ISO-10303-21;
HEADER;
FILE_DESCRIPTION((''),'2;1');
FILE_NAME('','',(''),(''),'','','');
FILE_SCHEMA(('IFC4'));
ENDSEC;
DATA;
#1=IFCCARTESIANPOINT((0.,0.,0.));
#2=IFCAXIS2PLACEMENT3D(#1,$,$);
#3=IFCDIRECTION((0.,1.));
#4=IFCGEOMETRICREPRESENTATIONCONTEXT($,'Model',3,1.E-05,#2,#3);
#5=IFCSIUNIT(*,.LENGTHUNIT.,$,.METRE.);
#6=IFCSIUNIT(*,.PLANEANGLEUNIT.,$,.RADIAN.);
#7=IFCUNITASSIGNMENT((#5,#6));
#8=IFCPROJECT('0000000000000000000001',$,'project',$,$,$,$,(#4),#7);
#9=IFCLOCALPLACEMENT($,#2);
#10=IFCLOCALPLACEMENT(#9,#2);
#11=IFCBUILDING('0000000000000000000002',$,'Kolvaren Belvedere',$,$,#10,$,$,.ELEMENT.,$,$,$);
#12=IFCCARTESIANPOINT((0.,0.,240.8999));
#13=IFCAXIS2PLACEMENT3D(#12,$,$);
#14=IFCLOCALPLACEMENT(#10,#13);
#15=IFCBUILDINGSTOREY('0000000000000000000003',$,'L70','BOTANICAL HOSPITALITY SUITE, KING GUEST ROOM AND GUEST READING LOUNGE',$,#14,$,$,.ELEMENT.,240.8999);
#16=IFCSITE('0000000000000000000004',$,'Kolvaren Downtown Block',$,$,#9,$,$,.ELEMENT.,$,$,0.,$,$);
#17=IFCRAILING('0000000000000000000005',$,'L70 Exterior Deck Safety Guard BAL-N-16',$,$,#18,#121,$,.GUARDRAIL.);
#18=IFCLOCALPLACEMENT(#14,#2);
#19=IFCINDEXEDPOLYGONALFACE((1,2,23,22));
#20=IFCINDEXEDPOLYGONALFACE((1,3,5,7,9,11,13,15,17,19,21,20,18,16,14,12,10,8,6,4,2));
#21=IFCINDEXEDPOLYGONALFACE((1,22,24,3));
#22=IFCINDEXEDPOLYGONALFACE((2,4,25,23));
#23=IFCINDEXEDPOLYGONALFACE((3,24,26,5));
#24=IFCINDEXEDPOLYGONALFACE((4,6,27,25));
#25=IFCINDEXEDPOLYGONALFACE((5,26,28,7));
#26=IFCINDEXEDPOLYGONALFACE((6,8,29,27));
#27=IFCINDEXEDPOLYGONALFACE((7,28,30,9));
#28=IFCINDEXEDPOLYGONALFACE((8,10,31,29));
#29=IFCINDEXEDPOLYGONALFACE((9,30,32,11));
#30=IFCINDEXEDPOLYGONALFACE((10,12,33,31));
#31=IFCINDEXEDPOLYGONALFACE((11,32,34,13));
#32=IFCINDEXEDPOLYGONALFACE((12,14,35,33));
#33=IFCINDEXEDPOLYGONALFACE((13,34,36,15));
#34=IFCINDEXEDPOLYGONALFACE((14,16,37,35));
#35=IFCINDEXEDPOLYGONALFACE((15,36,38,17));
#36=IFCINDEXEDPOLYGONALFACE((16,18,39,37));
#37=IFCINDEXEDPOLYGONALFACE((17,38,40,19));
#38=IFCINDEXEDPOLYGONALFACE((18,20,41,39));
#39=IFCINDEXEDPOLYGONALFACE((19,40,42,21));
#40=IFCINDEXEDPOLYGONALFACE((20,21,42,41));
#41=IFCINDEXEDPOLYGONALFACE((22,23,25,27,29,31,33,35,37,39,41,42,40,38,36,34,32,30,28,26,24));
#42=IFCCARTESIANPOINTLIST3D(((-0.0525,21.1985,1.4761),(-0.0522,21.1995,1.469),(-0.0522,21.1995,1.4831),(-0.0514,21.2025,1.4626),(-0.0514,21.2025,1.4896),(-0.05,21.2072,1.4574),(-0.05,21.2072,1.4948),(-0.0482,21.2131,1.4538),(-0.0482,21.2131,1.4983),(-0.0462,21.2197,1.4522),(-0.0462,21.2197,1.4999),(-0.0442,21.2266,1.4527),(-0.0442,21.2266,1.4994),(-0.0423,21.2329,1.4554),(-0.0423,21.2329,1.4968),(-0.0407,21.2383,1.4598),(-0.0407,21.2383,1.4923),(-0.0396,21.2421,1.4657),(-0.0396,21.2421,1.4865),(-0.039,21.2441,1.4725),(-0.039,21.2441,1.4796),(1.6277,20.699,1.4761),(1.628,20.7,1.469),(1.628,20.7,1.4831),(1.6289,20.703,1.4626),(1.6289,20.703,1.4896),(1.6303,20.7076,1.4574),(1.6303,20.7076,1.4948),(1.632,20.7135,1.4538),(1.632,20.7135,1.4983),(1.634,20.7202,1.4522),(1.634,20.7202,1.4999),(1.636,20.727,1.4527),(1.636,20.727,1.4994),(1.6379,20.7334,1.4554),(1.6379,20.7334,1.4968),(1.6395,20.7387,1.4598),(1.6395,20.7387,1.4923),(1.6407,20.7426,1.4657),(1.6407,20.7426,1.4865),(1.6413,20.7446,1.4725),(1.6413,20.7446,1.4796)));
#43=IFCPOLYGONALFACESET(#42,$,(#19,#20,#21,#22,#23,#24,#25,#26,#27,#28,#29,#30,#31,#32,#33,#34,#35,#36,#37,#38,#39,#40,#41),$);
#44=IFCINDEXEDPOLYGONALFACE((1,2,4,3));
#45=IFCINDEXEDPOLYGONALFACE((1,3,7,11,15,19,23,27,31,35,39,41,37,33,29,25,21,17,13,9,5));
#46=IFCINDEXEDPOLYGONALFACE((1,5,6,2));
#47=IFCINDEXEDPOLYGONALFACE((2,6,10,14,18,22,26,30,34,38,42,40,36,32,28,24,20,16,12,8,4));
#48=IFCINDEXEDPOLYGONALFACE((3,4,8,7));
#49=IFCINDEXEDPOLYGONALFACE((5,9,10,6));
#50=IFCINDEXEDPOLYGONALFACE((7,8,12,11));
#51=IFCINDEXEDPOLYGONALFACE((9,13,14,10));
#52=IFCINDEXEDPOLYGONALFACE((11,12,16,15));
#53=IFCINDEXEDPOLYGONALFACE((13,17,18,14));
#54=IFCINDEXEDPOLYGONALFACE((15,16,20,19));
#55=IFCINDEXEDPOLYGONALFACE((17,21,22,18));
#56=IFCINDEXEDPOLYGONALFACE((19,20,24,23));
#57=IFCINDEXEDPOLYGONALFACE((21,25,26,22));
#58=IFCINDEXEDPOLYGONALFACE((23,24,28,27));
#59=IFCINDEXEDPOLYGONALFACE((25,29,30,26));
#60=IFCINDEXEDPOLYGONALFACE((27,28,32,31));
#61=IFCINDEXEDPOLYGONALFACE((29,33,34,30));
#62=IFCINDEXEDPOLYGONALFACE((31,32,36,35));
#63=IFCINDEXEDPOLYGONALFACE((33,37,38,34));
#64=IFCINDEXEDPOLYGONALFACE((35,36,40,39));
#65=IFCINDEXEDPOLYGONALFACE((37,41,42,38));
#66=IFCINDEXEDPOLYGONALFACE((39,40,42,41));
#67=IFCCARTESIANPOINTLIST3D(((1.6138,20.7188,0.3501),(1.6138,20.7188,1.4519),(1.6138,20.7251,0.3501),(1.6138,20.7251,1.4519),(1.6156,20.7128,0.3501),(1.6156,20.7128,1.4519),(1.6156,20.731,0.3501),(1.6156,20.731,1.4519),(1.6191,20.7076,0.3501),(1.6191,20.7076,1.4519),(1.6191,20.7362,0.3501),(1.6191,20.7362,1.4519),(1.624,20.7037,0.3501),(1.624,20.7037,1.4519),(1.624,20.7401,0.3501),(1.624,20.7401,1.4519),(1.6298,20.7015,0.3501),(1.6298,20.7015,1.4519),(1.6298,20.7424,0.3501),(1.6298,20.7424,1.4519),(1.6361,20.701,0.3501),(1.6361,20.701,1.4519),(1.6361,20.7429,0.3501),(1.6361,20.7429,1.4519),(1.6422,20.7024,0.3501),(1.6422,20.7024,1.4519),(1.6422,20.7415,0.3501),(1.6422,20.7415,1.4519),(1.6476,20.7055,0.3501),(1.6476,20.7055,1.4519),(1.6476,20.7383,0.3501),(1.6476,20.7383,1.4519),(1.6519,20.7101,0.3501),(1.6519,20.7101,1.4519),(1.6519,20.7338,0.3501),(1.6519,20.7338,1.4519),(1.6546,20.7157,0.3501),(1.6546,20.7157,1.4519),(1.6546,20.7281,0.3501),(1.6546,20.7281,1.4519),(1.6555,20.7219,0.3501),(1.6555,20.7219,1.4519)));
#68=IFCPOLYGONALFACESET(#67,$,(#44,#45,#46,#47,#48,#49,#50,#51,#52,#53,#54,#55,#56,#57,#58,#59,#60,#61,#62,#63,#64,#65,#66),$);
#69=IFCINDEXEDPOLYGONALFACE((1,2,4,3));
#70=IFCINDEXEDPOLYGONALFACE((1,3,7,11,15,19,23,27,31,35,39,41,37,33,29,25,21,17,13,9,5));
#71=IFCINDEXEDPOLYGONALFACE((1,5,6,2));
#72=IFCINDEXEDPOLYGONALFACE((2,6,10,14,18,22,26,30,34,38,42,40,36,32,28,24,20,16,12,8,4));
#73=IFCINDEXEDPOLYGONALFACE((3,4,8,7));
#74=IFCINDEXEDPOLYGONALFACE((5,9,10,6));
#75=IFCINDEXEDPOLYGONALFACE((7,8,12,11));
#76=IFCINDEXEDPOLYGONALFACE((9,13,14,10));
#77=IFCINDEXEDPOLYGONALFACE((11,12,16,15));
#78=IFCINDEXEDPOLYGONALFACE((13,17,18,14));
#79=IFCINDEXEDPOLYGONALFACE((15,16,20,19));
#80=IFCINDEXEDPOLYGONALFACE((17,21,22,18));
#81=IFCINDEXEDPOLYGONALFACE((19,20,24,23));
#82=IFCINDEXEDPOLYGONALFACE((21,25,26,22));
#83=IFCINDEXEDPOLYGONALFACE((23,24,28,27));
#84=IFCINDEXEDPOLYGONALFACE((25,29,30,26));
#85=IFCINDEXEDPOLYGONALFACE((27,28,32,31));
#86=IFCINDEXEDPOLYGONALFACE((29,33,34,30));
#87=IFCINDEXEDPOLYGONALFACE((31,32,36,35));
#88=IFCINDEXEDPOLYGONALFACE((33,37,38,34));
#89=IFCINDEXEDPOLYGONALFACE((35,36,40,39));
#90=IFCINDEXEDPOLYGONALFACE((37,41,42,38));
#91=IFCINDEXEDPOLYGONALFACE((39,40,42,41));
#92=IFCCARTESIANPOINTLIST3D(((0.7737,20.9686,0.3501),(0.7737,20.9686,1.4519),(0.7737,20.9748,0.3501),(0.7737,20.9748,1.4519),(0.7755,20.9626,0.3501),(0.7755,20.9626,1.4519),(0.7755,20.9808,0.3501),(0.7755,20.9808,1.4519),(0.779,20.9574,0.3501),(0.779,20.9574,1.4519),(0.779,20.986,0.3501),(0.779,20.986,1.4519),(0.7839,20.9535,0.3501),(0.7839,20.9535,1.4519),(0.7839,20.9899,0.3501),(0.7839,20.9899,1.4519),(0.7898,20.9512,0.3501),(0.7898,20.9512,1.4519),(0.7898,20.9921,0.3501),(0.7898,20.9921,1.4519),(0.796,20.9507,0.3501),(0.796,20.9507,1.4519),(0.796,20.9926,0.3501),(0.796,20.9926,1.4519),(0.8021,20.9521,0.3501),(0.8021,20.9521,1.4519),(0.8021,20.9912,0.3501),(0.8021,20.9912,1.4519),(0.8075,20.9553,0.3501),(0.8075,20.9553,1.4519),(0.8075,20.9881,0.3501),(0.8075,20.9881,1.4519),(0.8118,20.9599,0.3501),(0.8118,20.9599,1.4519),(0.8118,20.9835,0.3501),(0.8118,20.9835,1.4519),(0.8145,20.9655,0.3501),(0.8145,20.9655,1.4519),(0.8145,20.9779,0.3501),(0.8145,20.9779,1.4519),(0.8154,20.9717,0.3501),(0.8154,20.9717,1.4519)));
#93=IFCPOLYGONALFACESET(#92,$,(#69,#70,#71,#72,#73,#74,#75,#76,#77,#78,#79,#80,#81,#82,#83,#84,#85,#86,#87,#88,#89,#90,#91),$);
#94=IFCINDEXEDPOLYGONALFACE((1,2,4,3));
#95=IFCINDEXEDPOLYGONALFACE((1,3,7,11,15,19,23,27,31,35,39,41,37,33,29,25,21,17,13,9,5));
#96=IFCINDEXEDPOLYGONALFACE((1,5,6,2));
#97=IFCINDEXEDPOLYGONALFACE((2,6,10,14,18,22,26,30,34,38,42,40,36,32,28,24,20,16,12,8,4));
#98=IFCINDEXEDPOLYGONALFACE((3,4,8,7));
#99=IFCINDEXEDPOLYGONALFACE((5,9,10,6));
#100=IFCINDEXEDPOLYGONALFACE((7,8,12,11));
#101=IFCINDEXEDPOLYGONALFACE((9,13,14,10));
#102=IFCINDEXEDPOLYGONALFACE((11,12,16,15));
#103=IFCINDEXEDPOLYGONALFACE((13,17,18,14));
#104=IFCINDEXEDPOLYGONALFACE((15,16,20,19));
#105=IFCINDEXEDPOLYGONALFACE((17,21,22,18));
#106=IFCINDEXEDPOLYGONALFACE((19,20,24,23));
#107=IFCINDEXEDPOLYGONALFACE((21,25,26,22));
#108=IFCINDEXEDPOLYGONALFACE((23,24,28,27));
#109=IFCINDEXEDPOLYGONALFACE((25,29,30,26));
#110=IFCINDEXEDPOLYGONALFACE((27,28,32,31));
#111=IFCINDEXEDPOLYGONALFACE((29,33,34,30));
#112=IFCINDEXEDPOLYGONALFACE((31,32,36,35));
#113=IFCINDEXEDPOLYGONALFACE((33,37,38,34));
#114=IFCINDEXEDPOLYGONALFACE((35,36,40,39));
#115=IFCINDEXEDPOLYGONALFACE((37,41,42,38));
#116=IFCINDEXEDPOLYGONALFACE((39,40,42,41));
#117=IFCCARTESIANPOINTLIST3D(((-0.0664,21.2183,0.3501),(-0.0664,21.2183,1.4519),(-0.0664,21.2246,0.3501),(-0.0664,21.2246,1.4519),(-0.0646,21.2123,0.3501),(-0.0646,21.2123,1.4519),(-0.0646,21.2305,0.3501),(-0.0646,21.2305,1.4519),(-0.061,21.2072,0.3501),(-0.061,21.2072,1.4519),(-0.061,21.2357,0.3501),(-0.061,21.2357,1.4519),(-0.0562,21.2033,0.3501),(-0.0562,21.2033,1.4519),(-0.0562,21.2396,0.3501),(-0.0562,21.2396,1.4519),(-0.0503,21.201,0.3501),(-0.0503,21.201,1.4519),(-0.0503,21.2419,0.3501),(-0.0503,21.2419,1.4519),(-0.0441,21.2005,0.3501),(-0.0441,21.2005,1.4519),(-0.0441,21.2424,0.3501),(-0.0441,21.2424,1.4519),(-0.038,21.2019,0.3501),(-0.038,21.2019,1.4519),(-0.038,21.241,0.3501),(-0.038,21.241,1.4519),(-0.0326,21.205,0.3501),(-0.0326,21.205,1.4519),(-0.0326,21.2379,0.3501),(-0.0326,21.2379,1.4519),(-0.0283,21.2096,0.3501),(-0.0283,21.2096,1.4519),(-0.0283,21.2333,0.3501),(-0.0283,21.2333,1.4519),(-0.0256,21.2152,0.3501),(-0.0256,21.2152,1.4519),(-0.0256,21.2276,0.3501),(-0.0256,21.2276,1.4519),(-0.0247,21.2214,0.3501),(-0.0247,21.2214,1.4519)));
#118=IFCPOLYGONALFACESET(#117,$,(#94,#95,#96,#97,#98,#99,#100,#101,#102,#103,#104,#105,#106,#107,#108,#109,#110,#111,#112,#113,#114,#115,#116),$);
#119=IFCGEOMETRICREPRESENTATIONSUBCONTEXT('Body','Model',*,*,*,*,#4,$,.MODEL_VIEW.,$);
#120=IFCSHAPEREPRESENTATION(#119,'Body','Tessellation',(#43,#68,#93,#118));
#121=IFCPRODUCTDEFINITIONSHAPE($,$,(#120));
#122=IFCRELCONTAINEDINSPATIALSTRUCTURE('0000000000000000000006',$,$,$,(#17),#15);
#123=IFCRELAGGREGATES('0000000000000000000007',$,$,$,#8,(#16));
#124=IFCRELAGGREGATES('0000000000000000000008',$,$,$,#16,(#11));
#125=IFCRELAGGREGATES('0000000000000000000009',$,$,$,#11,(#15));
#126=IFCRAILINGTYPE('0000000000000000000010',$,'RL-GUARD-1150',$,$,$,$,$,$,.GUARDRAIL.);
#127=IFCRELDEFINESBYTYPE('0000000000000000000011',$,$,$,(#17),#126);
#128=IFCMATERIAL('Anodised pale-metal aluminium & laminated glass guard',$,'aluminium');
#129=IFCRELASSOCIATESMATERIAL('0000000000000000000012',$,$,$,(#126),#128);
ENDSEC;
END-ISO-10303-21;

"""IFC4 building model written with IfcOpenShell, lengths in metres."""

from ifc_helpers import new_model, si_unit, direction, frame, origin, origin_2d, place, context, subcontext, project, spatial, circle, extrude, material, type_object, element, save


model = new_model("IFC4")

# Units and contexts
model_context = context("Model", 3, precision=1e-05, world=origin(), true_north=direction((0.0, 1.0)))
body_context = subcontext(model_context, "Body", "Model", "MODEL_VIEW")
ifc_project = project(units=[si_unit("LENGTHUNIT", "METRE"), si_unit("PLANEANGLEUNIT", "RADIAN")], contexts=[model_context])

# Site, building, storey
site_placement = place(None, origin())
site = spatial("IfcSite", under=ifc_project, at=site_placement, Name="Kolvaren Downtown Block", CompositionType="ELEMENT", RefElevation=0.0)
building_placement = place(site_placement, origin())
building = spatial("IfcBuilding", under=site, at=building_placement, Name="Kolvaren Belvedere", CompositionType="ELEMENT")
storey_placement = place(building_placement, frame((0.0, 0.0, 240.8999)))
storey = spatial("IfcBuildingStorey", under=building, at=storey_placement, Name="L70", Description="BOTANICAL HOSPITALITY SUITE, KING GUEST ROOM AND GUEST READING LOUNGE", CompositionType="ELEMENT", Elevation=240.8999)

# Railing
ifc_material_1 = material(Name="Anodised pale-metal aluminium & laminated glass guard", Category="aluminium")
railing_type = type_object("IfcRailingType", Name="RL-GUARD-1150", PredefinedType="GUARDRAIL", material=ifc_material_1)
railing_1_placement = place(storey_placement, frame((1.6345, 20.7219, 0.3501)))
element("IfcRailing", 1, at=railing_1_placement, inside=storey, type_object=railing_type, Name="L70 Exterior Deck Safety Guard BAL-N-16", PredefinedType="GUARDRAIL", context=body_context, shape_type="SweptSolid", body=[
    extrude(circle(Radius=0.0239, at=origin_2d()), frame((0.0, 0.0, 1.126), z_axis=(-0.958536, 0.28497, 0.0), x_axis=(-0.28497, -0.958536, 0.0)), (0.0, 0.0, 1.0), 1.7529),
    extrude(circle(Radius=0.021, at=origin_2d()), origin(), (0.0, 0.0, 1.0), 1.1018),
    extrude(circle(Radius=0.021, at=origin_2d()), frame((-0.8401, 0.2498, 0.0)), (0.0, 0.0, 1.0), 1.1018),
    extrude(circle(Radius=0.021, at=origin_2d()), frame((-1.6802, 0.4995, 0.0)), (0.0, 0.0, 1.0), 1.1018),
])

save(model, "model.ifc")
